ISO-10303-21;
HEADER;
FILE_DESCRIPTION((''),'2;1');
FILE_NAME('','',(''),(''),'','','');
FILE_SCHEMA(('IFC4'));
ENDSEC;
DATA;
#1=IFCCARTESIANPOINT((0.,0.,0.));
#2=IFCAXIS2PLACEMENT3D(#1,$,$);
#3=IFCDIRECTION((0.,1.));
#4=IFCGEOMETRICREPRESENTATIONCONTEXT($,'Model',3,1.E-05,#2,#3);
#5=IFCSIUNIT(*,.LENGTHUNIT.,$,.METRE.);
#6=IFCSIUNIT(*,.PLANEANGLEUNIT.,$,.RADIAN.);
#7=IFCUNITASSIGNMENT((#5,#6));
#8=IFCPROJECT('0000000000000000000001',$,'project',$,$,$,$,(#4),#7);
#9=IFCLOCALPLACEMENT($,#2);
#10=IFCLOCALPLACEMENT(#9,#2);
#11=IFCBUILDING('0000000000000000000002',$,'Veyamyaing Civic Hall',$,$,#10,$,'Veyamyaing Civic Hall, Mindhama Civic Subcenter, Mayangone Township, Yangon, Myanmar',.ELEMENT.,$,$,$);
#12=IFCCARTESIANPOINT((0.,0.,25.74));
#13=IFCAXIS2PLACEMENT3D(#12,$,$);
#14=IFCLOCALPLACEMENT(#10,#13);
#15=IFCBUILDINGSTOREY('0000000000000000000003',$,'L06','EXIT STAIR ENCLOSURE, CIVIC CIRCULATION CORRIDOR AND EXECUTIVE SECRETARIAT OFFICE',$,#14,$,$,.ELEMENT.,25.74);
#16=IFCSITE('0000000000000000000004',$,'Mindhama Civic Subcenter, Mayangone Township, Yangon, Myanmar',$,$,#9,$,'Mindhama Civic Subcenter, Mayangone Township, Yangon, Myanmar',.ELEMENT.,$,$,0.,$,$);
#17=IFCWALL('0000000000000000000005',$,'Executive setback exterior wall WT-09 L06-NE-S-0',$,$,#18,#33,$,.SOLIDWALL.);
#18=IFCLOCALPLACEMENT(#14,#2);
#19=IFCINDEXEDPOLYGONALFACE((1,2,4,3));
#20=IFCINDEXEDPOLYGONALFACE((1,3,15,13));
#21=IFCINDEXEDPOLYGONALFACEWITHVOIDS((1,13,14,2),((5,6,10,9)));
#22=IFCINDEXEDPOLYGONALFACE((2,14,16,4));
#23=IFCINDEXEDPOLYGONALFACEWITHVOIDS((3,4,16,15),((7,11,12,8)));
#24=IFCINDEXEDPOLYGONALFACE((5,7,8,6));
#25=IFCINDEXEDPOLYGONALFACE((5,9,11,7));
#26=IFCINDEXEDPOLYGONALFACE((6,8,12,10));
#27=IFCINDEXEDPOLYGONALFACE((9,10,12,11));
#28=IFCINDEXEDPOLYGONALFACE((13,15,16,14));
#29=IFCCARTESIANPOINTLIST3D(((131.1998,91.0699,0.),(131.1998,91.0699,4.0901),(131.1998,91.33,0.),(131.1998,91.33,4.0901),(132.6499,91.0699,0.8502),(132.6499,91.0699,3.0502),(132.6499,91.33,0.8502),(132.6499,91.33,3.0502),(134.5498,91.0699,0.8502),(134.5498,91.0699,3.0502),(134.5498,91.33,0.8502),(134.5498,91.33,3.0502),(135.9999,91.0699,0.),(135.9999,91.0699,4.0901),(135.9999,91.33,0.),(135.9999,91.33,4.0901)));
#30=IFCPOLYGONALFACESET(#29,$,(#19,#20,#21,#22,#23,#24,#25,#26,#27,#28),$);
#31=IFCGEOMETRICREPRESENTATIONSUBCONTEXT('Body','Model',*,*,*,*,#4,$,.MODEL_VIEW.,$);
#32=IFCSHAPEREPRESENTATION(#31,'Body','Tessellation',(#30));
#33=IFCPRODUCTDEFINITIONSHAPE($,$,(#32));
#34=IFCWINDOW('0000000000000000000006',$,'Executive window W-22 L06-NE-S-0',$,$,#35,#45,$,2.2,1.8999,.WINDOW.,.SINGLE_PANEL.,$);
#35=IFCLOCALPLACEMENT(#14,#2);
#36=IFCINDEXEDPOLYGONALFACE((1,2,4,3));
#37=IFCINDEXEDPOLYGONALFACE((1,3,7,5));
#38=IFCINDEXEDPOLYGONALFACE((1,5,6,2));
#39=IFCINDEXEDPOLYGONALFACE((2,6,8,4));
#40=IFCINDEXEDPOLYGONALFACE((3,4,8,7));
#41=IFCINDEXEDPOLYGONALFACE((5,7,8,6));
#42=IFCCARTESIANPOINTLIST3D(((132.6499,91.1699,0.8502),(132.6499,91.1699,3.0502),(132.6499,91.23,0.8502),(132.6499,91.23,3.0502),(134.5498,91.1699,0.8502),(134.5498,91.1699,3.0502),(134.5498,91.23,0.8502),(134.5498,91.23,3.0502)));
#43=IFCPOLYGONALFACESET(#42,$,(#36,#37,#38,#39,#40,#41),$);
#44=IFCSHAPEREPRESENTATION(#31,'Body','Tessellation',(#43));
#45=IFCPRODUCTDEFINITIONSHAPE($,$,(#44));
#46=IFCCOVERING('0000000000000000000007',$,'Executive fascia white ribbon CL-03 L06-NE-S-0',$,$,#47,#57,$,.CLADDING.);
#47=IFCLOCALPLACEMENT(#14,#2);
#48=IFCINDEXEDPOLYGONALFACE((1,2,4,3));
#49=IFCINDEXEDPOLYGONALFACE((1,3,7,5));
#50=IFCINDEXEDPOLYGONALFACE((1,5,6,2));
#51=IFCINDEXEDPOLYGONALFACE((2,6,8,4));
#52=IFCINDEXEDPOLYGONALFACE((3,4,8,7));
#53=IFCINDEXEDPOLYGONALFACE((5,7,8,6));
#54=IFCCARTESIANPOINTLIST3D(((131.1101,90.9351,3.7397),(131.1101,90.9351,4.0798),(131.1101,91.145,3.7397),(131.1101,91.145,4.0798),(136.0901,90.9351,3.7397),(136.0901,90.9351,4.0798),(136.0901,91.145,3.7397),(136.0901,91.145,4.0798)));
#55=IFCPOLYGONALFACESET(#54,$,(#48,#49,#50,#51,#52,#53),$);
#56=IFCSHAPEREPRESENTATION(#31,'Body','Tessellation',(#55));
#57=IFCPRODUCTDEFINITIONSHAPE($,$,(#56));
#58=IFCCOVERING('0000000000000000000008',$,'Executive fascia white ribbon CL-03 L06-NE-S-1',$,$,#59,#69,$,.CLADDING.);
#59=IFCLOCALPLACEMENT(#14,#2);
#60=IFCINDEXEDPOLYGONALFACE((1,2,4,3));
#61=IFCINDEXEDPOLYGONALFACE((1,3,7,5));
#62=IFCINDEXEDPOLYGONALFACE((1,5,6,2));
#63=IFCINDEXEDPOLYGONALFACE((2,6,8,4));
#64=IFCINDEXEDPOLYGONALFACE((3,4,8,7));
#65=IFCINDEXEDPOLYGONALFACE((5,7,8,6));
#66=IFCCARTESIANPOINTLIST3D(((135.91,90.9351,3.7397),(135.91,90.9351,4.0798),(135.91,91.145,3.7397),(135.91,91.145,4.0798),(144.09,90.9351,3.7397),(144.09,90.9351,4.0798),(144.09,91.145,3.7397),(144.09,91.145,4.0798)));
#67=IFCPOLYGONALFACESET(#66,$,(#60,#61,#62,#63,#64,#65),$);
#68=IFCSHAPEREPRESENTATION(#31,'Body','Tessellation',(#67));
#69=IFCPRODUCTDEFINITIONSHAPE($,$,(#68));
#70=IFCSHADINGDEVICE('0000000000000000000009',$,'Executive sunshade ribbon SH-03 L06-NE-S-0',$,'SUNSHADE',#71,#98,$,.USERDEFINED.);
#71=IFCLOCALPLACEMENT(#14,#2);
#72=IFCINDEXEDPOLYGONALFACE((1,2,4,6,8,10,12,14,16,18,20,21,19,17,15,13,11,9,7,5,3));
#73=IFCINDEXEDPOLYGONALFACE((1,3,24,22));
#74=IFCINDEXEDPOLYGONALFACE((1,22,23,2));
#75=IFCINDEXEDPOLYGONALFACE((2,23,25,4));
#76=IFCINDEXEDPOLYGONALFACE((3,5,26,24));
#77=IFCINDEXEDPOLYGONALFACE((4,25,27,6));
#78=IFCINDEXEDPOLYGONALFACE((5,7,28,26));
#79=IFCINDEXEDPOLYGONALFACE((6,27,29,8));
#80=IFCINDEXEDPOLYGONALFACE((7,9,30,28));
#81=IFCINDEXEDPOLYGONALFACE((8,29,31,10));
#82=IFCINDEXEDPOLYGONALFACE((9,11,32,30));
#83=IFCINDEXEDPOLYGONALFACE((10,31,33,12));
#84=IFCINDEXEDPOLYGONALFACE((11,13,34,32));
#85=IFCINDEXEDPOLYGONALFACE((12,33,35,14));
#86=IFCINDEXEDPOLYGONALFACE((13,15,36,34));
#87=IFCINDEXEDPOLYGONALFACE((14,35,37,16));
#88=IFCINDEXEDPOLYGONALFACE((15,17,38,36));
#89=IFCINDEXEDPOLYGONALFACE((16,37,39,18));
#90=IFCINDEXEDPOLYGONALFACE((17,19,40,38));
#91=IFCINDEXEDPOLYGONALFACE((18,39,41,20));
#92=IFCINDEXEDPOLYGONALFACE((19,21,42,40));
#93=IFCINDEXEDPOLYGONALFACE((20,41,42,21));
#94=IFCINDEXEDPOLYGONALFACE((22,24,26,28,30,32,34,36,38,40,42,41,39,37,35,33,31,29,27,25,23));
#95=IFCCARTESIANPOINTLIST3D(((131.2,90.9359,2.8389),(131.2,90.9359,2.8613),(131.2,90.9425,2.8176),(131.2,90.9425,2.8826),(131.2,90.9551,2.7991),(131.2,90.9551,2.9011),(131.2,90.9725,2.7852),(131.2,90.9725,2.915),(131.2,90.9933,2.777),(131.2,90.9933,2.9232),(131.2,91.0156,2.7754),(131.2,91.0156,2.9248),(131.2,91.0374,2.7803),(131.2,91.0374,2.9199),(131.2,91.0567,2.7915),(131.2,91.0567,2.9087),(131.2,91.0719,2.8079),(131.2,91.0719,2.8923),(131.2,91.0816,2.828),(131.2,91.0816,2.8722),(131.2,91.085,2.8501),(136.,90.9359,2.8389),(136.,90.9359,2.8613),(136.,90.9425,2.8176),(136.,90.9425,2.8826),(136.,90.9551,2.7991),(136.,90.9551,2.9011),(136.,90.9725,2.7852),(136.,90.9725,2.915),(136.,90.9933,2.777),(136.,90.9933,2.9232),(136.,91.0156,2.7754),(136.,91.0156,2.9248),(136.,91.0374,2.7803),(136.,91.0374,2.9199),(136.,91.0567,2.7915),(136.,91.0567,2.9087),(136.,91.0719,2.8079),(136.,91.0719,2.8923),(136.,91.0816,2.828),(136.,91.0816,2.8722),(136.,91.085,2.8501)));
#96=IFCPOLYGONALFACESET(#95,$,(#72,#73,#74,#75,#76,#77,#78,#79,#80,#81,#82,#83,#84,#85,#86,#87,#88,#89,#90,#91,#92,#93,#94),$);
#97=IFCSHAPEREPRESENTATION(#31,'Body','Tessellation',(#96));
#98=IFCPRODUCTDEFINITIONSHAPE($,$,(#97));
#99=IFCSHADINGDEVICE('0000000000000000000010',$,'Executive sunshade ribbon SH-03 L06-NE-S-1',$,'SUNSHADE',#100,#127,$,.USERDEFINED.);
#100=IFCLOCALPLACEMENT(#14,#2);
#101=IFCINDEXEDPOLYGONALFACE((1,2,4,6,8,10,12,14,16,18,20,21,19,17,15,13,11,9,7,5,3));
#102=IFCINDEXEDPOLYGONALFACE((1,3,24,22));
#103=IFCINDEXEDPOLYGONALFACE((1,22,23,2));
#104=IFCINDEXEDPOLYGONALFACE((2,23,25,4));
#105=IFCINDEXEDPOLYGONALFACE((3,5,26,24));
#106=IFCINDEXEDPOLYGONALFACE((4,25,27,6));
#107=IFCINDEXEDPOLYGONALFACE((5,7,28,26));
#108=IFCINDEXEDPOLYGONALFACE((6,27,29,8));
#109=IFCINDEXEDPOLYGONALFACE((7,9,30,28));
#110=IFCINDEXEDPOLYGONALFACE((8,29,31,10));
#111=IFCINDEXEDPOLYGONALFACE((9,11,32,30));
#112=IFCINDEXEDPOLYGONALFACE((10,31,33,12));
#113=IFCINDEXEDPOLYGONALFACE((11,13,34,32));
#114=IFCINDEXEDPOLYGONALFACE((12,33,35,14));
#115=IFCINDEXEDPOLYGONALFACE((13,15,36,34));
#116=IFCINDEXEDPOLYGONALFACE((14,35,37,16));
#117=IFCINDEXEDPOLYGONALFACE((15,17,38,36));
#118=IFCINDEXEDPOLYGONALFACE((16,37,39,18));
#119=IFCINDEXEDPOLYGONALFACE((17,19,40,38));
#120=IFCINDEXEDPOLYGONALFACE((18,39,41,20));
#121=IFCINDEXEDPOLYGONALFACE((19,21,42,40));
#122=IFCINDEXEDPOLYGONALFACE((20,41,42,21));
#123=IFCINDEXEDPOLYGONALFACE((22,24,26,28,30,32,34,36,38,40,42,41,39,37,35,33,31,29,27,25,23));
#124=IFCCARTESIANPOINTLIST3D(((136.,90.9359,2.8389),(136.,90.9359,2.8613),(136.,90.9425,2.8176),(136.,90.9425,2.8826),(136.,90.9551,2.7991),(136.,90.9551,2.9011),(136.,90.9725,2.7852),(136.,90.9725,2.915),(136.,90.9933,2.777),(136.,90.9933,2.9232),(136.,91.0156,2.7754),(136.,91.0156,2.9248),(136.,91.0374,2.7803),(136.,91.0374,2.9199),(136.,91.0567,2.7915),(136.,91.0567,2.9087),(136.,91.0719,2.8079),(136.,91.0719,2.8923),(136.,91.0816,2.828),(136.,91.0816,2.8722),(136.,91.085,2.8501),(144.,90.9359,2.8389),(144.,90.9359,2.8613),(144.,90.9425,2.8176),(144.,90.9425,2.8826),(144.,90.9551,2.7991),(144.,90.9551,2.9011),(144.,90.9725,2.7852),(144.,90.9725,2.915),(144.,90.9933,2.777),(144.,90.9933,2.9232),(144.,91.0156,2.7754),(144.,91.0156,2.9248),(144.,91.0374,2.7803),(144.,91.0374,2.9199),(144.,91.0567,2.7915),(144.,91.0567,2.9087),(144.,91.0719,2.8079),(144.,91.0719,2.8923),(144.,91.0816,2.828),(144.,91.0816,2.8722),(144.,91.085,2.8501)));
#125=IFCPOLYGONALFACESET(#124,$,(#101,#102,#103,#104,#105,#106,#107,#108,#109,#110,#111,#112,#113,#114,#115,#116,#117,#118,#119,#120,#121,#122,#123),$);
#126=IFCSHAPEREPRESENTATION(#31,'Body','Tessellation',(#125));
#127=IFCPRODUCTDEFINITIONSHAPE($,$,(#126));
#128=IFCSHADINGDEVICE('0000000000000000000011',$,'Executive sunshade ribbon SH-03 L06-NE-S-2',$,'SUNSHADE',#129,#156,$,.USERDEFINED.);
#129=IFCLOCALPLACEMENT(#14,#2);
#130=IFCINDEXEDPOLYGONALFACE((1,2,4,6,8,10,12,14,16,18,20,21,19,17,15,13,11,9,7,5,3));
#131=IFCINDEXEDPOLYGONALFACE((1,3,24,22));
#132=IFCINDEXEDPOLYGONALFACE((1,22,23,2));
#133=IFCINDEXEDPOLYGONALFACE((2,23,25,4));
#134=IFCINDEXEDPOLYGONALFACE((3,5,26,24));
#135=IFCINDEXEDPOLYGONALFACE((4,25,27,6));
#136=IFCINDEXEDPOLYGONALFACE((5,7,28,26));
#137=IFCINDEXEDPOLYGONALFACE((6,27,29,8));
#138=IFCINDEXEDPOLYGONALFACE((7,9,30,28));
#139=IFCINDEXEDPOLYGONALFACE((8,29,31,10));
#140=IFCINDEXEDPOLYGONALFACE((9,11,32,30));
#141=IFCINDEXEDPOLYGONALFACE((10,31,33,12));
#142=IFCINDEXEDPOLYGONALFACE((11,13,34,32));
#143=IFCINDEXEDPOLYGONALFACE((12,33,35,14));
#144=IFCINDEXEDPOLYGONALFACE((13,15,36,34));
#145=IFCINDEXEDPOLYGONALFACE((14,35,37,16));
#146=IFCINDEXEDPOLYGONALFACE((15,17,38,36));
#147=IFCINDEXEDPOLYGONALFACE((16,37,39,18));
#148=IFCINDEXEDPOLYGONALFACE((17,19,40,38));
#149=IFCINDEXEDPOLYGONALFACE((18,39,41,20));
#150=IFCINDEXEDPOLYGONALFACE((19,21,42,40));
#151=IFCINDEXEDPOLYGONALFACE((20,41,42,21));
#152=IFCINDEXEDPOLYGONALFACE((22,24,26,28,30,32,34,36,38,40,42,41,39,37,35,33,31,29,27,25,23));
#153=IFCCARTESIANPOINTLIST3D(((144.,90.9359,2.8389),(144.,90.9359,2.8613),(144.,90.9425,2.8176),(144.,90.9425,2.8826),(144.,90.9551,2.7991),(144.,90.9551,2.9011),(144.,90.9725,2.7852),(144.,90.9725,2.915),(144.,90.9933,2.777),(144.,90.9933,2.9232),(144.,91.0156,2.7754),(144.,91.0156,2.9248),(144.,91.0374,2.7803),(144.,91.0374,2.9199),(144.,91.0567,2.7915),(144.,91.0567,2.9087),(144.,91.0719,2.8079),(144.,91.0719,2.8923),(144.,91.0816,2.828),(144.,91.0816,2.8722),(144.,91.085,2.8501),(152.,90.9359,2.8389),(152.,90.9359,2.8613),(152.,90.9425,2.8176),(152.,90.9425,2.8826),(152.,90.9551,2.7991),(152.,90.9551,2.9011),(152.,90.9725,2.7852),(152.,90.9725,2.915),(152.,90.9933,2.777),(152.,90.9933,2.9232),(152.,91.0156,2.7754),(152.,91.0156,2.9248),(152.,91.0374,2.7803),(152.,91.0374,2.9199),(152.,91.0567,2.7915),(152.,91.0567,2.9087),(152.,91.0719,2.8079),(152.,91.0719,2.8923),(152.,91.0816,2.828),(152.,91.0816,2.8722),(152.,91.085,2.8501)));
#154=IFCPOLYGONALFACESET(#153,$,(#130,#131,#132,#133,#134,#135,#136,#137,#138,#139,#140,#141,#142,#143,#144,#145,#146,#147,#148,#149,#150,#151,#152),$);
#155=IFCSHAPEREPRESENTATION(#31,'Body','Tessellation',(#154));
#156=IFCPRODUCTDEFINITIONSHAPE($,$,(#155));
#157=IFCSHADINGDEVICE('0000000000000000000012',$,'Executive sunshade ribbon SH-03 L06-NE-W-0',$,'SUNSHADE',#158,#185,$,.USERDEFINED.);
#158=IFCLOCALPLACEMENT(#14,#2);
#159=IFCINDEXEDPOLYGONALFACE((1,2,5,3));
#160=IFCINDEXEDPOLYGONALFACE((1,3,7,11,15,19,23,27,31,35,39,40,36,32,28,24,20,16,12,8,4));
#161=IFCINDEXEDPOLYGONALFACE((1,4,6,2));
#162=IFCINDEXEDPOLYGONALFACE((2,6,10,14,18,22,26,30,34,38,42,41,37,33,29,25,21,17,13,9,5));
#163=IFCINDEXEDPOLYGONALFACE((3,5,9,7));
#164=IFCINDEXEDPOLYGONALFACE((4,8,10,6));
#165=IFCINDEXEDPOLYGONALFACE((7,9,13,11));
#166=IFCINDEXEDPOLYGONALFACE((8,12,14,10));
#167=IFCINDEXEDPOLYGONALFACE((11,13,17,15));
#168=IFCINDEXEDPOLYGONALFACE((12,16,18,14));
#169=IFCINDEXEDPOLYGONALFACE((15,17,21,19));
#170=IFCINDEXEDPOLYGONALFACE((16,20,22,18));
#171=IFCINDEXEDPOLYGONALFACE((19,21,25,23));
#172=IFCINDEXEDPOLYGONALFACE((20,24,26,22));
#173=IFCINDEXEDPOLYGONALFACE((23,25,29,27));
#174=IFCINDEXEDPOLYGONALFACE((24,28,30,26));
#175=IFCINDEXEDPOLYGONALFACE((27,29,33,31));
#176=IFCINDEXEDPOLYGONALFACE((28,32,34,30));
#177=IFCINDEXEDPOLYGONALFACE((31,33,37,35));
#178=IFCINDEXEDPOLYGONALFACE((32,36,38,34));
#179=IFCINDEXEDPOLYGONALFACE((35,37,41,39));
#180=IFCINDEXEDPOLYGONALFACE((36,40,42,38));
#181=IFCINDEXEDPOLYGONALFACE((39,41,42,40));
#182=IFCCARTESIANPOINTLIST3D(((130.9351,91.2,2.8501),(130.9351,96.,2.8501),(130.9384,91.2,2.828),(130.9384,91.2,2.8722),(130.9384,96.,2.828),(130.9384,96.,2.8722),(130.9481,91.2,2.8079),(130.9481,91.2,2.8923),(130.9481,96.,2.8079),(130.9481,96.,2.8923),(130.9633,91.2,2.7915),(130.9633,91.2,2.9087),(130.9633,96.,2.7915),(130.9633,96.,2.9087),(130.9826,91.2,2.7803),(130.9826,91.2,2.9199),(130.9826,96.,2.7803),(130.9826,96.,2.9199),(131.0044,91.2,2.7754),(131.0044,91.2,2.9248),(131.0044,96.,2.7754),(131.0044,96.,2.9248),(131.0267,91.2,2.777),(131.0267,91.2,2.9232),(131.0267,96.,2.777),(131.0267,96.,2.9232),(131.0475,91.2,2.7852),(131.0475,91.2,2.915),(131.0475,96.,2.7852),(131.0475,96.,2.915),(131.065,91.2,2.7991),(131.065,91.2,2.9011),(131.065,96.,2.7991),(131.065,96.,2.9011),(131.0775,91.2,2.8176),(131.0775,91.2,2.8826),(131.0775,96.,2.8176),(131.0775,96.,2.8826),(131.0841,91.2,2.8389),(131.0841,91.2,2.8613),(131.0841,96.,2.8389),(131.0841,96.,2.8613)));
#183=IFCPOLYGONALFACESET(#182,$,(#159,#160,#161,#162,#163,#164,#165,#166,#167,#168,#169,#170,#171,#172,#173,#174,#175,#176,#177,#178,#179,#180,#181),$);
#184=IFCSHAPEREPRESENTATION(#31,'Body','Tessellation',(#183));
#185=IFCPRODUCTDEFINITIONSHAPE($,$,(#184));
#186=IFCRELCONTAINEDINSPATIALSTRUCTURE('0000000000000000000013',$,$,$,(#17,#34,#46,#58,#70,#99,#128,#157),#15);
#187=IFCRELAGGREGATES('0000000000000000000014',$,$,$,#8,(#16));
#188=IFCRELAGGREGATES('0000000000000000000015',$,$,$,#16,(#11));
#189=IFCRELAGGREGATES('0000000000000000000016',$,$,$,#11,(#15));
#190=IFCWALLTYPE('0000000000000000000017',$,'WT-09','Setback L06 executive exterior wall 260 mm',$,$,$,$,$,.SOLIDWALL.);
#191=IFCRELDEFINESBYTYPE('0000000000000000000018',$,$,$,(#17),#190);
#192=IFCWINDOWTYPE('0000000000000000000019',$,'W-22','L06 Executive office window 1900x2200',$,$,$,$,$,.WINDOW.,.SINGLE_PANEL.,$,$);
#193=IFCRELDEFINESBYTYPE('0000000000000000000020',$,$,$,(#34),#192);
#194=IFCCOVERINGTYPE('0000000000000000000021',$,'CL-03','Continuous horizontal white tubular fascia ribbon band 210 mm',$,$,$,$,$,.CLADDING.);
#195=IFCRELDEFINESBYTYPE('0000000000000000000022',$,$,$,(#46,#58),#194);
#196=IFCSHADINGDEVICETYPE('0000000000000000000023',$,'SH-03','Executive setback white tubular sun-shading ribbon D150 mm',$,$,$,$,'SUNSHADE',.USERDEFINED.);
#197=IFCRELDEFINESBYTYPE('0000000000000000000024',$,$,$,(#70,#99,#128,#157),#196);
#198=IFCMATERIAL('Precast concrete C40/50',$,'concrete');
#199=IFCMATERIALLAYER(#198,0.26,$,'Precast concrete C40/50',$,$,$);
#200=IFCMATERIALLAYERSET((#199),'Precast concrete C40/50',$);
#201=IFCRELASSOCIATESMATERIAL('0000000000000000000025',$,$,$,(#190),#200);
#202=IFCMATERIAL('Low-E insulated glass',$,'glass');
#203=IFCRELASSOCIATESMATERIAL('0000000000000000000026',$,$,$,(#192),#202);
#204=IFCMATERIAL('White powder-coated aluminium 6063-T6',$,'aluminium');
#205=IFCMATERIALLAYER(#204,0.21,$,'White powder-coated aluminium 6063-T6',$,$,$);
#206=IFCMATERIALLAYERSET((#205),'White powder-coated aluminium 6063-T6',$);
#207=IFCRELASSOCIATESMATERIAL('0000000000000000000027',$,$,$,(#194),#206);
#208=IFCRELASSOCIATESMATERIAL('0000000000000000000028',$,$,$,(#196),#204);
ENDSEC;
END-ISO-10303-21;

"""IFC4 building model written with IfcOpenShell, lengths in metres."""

from ifc_helpers import new_model, si_unit, direction, frame, frame_2d, origin, origin_2d, place, context, subcontext, project, spatial, rectangle, circle, extrude, material, layer, layer_set, material_profile, profile_set, type_object, element, fill, save


model = new_model("IFC4")

# Units and contexts
model_context = context("Model", 3, precision=1e-05, world=origin(), true_north=direction((0.0, 1.0)))
body_context = subcontext(model_context, "Body", "Model", "MODEL_VIEW")
ifc_project = project(units=[si_unit("LENGTHUNIT", "METRE"), si_unit("PLANEANGLEUNIT", "RADIAN")], contexts=[model_context])

# Site, building, storey
site_placement = place(None, origin())
site = spatial("IfcSite", under=ifc_project, at=site_placement, Name="Mindhama Civic Subcenter, Mayangone Township, Yangon, Myanmar", LongName="Mindhama Civic Subcenter, Mayangone Township, Yangon, Myanmar", CompositionType="ELEMENT", RefElevation=0.0)
building_placement = place(site_placement, origin())
building = spatial("IfcBuilding", under=site, at=building_placement, Name="Veyamyaing Civic Hall", LongName="Veyamyaing Civic Hall, Mindhama Civic Subcenter, Mayangone Township, Yangon, Myanmar", CompositionType="ELEMENT")
storey_placement = place(building_placement, frame((0.0, 0.0, 25.74)))
storey = spatial("IfcBuildingStorey", under=building, at=storey_placement, Name="L06", Description="EXIT STAIR ENCLOSURE, CIVIC CIRCULATION CORRIDOR AND EXECUTIVE SECRETARIAT OFFICE", CompositionType="ELEMENT", Elevation=25.74)

# Wall, opening, window
ifc_material_1 = material(Name="Precast concrete C40/50", Category="concrete")
ifc_layer_1 = layer(ifc_material_1, 0.26, Name="Precast concrete C40/50")
ifc_layer_set_1 = layer_set([ifc_layer_1], Name="Precast concrete C40/50")
wall_type = type_object("IfcWallType", Name="WT-09", Description="Setback L06 executive exterior wall 260 mm", PredefinedType="SOLIDWALL", material=ifc_layer_set_1)
wall_placement = place(storey_placement, frame((131.2, 91.2, 0.0), z_axis=(0.0, 0.0, 1.0), x_axis=(1.0, 0.0, 0.0)))
wall = element("IfcWall", 1, at=wall_placement, inside=storey, type_object=wall_type, Name="Executive setback exterior wall WT-09 L06-NE-S-0", PredefinedType="SOLIDWALL", context=body_context, shape_type="SweptSolid", body=[
    extrude(rectangle(XDim=4.8, YDim=0.26, at=frame_2d((2.3999, 0.0))), origin(), (0.0, 0.0, 1.0), 4.0901),
])
opening_placement = place(wall_placement, frame((1.45, 0.0, 0.8501)))
opening = element("IfcOpeningElement", 2, at=opening_placement, cuts=wall, PredefinedType="OPENING", context=body_context, shape_type="SweptSolid", body=[
    extrude(rectangle(XDim=1.8999, YDim=2.2, at=frame_2d((0.95, 1.1001))), frame((0.0, 0.1399, 0.0), z_axis=(0.0, -1.0, 0.0), x_axis=(1.0, 0.0, 0.0)), (0.0, 0.0, 1.0), 0.28),
])
ifc_material_2 = material(Name="Low-E insulated glass", Category="glass")
window_type = type_object("IfcWindowType", Name="W-22", Description="L06 Executive office window 1900x2200", PartitioningType="SINGLE_PANEL", PredefinedType="WINDOW", material=ifc_material_2)
window_placement = place(opening_placement, origin())
window = element("IfcWindow", 3, at=window_placement, inside=storey, type_object=window_type, Name="Executive window W-22 L06-NE-S-0", OverallHeight=2.2, OverallWidth=1.8999, PartitioningType="SINGLE_PANEL", PredefinedType="WINDOW", context=body_context, shape_type="SweptSolid", body=[
    extrude(rectangle(XDim=1.8999, YDim=2.2, at=frame_2d((0.95, 1.1001))), frame((0.0, 0.03, 0.0), z_axis=(0.0, -1.0, 0.0), x_axis=(1.0, 0.0, 0.0)), (0.0, 0.0, 1.0), 0.0601),
])
fill(opening, window)

# Coverings
ifc_material_3 = material(Name="White powder-coated aluminium 6063-T6", Category="aluminium")
ifc_layer_2 = layer(ifc_material_3, 0.21, Name="White powder-coated aluminium 6063-T6")
ifc_layer_set_2 = layer_set([ifc_layer_2], Name="White powder-coated aluminium 6063-T6")
covering_type = type_object("IfcCoveringType", Name="CL-03", Description="Continuous horizontal white tubular fascia ribbon band 210 mm", PredefinedType="CLADDING", material=ifc_layer_set_2)
covering_1_placement = place(storey_placement, frame((133.6001, 91.04, 3.7397), z_axis=(0.0, 0.0, 1.0), x_axis=(1.0, 0.0, 0.0)))
element("IfcCovering", 4, at=covering_1_placement, inside=storey, type_object=covering_type, Name="Executive fascia white ribbon CL-03 L06-NE-S-0", PredefinedType="CLADDING", context=body_context, shape_type="SweptSolid", body=[
    extrude(rectangle(XDim=4.98, YDim=0.21, at=origin_2d()), origin(), (0.0, 0.0, 1.0), 0.3401),
])
covering_2_placement = place(storey_placement, frame((140.0, 91.04, 3.7397), z_axis=(0.0, 0.0, 1.0), x_axis=(1.0, 0.0, 0.0)))
element("IfcCovering", 5, at=covering_2_placement, inside=storey, type_object=covering_type, Name="Executive fascia white ribbon CL-03 L06-NE-S-1", PredefinedType="CLADDING", context=body_context, shape_type="SweptSolid", body=[
    extrude(rectangle(XDim=8.1799, YDim=0.21, at=origin_2d()), origin(), (0.0, 0.0, 1.0), 0.3401),
])

# Shading devices
ifc_material_profile_1 = material_profile(ifc_material_3, circle(Radius=0.075, at=origin_2d()), Name="SHADE-TUBE-150")
ifc_profile_set_1 = profile_set([ifc_material_profile_1], Name="White powder-coated aluminium 6063-T6")
shading_device_type = type_object("IfcShadingDeviceType", Name="SH-03", Description="Executive setback white tubular sun-shading ribbon D150 mm", ElementType="SUNSHADE", PredefinedType="USERDEFINED", material=ifc_profile_set_1)
shading_device_1_placement = place(storey_placement, frame((131.2, 91.01, 2.8501), z_axis=(1.0, 0.0, 0.0), x_axis=(0.0, 1.0, 0.0)))
element("IfcShadingDevice", 6, at=shading_device_1_placement, inside=storey, type_object=shading_device_type, Name="Executive sunshade ribbon SH-03 L06-NE-S-0", ObjectType="SUNSHADE", PredefinedType="USERDEFINED", context=body_context, shape_type="SweptSolid", body=[
    extrude(circle(Radius=0.075, at=origin_2d()), origin(), (0.0, 0.0, 1.0), 4.8),
])
for number, where, z_axis, x_axis, name in (
    (7, (136.0, 91.01, 2.8501), (1.0, 0.0, 0.0), (0.0, 1.0, 0.0), "Executive sunshade ribbon SH-03 L06-NE-S-1"),
    (8, (144.0, 91.01, 2.8501), (1.0, 0.0, 0.0), (0.0, 1.0, 0.0), "Executive sunshade ribbon SH-03 L06-NE-S-2"),
):
    element("IfcShadingDevice", number, at=place(storey_placement, frame(where, z_axis=z_axis, x_axis=x_axis)), inside=storey, type_object=shading_device_type, Name=name, ObjectType="SUNSHADE", PredefinedType="USERDEFINED", context=body_context, shape_type="SweptSolid", body=[
        extrude(circle(Radius=0.075, at=origin_2d()), origin(), (0.0, 0.0, 1.0), 8.0),
    ])
shading_device_2_placement = place(storey_placement, frame((131.01, 91.2, 2.8501), z_axis=(0.0, 1.0, 0.0), x_axis=(-1.0, 0.0, 0.0)))
element("IfcShadingDevice", 9, at=shading_device_2_placement, inside=storey, type_object=shading_device_type, Name="Executive sunshade ribbon SH-03 L06-NE-W-0", ObjectType="SUNSHADE", PredefinedType="USERDEFINED", context=body_context, shape_type="SweptSolid", body=[
    extrude(circle(Radius=0.075, at=origin_2d()), origin(), (0.0, 0.0, 1.0), 4.8),
])

save(model, "model.ifc")
